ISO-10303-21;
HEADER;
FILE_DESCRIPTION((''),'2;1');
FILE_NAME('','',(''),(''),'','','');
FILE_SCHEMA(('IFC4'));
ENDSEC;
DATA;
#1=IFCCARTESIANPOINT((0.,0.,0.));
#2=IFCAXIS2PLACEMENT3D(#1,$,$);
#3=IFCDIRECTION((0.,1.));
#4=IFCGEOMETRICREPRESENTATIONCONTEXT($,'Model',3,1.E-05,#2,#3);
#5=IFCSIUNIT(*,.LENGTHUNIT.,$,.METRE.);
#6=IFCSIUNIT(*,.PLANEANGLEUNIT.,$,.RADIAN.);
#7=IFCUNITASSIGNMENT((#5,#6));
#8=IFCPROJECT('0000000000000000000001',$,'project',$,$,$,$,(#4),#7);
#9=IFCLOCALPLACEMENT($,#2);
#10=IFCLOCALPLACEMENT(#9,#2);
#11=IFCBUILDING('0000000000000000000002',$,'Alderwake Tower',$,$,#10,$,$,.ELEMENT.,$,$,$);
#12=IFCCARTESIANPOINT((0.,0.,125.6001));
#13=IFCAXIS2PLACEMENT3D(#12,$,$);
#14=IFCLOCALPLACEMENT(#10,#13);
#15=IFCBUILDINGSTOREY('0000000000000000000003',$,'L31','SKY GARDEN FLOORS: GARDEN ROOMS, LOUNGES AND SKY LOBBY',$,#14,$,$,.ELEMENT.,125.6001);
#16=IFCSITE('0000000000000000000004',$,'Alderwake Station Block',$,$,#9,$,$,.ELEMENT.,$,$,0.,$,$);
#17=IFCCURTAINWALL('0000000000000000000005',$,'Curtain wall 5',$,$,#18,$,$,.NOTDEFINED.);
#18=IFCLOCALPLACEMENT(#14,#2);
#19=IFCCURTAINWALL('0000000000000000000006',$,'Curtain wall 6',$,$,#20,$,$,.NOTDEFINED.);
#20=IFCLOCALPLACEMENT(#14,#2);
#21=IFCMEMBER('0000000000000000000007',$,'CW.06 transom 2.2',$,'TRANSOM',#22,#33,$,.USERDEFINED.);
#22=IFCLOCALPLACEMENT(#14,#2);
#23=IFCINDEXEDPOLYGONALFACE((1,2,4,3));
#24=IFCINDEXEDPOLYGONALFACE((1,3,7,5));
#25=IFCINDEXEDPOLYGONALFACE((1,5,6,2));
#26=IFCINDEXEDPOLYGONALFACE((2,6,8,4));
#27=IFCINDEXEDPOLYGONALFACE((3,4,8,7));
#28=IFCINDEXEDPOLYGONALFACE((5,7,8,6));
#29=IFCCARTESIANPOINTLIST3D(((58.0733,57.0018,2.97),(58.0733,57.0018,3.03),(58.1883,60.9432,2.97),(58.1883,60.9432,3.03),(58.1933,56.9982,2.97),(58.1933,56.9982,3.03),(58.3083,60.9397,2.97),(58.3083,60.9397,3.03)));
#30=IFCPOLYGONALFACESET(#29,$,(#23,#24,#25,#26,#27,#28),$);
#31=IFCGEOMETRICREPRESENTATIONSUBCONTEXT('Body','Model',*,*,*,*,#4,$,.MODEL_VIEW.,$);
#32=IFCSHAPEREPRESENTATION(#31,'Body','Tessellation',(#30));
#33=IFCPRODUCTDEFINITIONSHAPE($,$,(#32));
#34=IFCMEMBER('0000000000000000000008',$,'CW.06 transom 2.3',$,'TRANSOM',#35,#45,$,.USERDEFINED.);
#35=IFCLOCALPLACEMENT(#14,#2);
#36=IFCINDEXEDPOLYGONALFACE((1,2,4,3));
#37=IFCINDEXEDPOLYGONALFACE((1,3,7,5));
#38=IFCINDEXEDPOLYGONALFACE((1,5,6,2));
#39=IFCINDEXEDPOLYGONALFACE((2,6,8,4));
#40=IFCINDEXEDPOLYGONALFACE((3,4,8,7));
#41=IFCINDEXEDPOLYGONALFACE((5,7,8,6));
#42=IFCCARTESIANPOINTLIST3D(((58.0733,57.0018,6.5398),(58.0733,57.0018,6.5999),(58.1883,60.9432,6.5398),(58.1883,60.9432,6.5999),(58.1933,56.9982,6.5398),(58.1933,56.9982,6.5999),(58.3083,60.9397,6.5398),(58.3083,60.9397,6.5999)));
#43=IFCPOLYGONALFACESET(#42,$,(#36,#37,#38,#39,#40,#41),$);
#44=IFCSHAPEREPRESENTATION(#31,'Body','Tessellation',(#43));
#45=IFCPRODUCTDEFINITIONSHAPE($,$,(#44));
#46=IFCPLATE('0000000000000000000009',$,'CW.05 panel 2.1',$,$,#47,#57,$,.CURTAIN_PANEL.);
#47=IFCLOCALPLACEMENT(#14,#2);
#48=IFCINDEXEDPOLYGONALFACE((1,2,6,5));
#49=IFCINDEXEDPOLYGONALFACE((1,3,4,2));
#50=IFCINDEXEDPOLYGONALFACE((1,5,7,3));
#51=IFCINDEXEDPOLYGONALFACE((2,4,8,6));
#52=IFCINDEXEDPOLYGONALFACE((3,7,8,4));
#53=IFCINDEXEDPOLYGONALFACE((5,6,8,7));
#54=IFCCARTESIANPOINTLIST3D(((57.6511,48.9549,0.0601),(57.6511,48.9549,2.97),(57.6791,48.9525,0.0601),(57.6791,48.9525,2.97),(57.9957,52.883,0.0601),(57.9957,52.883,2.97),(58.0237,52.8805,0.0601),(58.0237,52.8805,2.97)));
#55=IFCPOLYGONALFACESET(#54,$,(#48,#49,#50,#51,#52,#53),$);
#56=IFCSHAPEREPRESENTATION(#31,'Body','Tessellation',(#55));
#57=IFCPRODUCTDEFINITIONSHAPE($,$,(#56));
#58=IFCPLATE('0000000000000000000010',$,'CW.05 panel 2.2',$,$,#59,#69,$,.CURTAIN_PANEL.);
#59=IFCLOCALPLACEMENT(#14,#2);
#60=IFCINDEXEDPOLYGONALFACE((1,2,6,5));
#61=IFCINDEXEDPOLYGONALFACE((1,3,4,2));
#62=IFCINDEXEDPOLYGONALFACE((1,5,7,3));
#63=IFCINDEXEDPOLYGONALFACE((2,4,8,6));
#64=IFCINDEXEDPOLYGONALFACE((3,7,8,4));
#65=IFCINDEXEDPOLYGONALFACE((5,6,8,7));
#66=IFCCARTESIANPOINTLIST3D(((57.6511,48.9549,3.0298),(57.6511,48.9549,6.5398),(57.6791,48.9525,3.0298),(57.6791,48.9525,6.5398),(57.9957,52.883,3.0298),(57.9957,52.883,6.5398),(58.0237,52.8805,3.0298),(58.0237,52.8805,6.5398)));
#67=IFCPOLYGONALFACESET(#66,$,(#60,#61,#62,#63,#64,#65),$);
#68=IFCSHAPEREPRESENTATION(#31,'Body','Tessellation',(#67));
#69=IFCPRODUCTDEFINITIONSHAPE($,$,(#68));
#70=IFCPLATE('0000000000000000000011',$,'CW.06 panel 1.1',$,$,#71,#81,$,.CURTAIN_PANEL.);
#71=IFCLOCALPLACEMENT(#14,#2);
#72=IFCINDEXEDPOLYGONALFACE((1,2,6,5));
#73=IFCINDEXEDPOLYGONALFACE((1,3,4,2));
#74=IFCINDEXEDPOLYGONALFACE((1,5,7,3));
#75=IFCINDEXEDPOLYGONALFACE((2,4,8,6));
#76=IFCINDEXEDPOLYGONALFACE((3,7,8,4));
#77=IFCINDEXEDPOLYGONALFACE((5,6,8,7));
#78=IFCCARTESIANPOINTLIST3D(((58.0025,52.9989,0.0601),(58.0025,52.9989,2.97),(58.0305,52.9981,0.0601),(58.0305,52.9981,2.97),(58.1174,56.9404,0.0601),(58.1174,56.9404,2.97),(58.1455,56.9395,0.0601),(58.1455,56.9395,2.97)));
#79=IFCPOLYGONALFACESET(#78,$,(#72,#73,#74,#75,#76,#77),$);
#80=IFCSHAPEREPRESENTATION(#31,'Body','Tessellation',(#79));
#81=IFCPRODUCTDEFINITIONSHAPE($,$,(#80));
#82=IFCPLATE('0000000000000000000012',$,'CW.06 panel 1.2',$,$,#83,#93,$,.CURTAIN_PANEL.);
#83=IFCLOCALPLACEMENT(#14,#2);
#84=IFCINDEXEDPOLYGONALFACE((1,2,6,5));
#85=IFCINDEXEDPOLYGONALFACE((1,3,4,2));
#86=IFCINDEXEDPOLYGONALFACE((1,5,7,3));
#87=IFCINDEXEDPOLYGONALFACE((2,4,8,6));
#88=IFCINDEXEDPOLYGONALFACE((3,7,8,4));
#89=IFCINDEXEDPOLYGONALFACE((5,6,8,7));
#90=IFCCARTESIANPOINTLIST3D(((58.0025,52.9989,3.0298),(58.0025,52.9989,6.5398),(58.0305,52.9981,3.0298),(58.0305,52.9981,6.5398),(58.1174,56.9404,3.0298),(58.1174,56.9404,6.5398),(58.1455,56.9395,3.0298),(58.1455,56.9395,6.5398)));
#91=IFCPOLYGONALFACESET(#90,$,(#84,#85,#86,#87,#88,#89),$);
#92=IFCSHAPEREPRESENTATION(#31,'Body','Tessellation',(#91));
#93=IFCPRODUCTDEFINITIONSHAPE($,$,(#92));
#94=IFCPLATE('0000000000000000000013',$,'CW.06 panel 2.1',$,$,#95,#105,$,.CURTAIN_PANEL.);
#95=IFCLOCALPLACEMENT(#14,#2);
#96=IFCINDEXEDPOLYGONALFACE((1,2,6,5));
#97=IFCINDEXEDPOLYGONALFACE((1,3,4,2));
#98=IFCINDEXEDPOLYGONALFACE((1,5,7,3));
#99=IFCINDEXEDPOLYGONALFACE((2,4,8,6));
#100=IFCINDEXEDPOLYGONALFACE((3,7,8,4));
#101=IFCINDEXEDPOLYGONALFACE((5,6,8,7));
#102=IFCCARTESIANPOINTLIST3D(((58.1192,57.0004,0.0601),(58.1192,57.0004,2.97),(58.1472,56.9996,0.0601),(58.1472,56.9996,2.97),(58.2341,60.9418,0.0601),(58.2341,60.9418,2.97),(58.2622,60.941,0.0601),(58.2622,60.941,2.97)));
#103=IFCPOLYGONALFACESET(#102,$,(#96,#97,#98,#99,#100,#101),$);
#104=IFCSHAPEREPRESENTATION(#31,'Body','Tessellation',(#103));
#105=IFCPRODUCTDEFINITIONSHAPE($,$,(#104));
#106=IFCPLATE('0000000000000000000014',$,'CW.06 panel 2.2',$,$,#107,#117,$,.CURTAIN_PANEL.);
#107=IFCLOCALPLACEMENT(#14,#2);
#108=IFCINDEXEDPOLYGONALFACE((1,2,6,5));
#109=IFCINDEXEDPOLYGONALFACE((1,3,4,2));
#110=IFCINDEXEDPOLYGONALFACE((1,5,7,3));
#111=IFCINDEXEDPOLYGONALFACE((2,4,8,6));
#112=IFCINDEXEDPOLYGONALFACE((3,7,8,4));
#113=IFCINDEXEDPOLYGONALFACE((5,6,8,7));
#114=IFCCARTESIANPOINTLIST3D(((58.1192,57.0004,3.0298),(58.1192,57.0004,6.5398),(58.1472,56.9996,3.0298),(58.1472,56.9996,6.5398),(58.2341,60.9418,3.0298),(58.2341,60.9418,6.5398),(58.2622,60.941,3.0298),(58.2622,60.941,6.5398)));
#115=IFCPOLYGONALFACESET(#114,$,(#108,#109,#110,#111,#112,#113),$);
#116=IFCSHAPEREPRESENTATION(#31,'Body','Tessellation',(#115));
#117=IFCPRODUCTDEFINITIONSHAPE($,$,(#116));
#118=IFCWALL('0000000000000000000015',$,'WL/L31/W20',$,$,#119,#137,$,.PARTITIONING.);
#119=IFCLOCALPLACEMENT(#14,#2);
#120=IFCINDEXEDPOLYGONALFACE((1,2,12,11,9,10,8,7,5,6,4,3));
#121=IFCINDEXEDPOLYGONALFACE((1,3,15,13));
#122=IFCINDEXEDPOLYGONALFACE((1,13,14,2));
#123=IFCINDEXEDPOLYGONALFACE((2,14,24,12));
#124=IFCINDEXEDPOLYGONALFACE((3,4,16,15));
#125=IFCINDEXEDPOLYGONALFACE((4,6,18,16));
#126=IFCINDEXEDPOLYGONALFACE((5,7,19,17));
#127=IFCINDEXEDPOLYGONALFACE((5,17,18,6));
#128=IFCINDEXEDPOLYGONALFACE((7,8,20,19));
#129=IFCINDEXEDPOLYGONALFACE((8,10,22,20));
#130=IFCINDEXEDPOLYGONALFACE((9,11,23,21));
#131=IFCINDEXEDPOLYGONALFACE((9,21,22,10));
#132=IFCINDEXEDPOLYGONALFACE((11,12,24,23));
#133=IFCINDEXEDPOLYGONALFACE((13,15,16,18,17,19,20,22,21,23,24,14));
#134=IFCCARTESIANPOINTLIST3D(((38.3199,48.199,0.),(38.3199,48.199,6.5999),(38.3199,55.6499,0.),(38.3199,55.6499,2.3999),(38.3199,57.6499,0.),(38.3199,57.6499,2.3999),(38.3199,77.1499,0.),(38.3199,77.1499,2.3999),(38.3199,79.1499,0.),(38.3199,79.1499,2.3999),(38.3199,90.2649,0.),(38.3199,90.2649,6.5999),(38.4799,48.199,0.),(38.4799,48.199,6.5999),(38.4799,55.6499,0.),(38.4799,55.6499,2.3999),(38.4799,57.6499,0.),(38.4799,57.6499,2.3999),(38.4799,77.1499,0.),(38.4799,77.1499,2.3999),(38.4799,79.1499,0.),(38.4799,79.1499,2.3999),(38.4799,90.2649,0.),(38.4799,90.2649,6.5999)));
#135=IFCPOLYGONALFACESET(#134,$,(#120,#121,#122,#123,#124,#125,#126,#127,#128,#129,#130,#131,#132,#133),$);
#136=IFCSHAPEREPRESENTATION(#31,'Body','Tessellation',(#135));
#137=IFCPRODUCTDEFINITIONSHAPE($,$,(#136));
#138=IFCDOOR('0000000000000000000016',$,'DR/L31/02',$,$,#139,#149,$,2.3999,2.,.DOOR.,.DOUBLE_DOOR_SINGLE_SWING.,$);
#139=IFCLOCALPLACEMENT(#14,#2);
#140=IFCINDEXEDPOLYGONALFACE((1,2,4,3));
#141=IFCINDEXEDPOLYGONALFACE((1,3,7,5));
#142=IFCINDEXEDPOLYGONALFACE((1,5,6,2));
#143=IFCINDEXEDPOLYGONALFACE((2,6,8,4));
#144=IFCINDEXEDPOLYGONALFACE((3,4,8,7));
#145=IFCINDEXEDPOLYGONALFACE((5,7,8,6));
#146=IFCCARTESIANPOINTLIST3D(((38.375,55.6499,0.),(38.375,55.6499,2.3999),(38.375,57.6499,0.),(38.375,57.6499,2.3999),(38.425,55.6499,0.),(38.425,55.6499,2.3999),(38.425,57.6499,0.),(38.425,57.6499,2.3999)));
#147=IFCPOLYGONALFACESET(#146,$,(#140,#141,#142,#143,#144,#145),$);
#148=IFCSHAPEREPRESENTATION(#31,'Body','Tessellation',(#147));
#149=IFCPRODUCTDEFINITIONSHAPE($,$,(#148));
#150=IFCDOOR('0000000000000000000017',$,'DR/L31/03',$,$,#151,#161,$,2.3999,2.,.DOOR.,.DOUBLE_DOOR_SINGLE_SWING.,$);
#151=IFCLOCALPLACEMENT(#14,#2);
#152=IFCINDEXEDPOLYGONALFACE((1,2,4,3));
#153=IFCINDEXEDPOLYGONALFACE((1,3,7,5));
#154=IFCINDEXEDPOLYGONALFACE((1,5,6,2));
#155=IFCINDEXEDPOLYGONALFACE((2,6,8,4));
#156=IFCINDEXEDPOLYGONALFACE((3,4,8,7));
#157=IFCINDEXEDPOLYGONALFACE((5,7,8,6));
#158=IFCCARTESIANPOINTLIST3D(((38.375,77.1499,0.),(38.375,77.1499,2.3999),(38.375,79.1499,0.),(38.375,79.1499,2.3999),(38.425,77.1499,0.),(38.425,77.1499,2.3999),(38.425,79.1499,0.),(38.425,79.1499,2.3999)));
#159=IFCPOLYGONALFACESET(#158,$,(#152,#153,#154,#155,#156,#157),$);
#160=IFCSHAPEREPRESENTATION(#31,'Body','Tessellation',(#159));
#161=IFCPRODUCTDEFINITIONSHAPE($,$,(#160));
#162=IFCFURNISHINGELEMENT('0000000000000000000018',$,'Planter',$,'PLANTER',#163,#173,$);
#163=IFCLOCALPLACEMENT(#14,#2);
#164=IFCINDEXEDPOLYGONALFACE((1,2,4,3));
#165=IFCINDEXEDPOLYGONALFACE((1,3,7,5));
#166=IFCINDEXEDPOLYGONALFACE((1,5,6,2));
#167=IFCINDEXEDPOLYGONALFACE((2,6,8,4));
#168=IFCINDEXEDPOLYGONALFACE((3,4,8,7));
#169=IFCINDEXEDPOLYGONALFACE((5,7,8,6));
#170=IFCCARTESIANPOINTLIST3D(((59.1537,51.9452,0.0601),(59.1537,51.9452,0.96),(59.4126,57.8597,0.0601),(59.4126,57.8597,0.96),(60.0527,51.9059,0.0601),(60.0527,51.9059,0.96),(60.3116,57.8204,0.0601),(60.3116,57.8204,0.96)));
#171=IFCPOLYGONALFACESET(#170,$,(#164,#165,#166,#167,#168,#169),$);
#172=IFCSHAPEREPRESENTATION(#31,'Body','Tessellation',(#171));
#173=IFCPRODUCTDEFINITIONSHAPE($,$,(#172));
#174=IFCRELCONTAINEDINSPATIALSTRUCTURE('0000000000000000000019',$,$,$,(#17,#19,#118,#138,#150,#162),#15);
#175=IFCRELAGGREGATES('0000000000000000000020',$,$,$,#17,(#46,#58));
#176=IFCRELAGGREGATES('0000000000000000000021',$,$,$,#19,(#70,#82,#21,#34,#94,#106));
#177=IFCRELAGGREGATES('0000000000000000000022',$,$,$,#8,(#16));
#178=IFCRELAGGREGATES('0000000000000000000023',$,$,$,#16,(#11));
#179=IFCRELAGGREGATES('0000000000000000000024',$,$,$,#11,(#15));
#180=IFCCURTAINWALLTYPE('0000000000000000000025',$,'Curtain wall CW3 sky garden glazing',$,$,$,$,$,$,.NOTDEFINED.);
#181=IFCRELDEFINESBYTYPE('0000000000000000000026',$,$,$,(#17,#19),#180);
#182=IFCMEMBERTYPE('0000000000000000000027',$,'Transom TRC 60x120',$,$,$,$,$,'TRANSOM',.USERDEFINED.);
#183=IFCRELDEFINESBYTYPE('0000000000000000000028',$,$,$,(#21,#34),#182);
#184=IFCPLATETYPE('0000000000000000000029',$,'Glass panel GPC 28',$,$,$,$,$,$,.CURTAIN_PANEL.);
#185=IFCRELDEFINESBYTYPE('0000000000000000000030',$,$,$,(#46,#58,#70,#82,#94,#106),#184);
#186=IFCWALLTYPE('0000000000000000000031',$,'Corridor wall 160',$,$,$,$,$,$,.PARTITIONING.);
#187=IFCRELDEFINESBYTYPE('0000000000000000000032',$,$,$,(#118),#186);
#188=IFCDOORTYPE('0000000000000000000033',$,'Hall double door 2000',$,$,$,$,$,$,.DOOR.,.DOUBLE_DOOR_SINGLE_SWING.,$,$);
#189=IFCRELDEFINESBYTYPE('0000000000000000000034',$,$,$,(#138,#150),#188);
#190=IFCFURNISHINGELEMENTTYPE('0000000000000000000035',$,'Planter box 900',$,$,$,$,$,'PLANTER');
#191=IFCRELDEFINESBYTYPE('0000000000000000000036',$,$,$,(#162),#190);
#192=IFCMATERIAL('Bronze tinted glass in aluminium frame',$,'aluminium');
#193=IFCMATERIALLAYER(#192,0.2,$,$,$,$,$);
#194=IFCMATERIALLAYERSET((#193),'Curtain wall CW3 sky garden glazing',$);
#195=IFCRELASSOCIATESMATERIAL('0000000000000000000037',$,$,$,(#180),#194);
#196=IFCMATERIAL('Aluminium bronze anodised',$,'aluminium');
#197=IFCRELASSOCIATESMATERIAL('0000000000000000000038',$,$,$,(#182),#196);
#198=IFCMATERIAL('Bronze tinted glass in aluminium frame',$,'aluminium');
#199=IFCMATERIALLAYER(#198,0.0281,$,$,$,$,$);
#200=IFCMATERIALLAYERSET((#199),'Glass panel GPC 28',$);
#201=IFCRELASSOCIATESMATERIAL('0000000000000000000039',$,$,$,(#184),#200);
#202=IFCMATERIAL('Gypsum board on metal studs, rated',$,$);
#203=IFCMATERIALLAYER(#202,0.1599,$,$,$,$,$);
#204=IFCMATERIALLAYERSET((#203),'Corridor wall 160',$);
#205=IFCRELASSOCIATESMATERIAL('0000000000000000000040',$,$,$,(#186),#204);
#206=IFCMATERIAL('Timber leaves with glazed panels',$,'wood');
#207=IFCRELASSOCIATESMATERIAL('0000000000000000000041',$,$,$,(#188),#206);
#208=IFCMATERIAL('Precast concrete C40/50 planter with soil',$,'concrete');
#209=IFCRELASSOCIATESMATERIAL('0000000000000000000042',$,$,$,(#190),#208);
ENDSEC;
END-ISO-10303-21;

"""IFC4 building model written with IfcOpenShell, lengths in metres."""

from ifc_helpers import new_model, si_unit, direction, frame, frame_2d, origin, origin_2d, place, context, subcontext, project, spatial, rectangle, extrude, material, layer, layer_set, material_profile, profile_set, type_object, element, fill, aggregate, save


model = new_model("IFC4")

# Units and contexts
model_context = context("Model", 3, precision=1e-05, world=origin(), true_north=direction((0.0, 1.0)))
body_context = subcontext(model_context, "Body", "Model", "MODEL_VIEW")
ifc_project = project(units=[si_unit("LENGTHUNIT", "METRE"), si_unit("PLANEANGLEUNIT", "RADIAN")], contexts=[model_context])

# Site, building, storey
site_placement = place(None, origin())
site = spatial("IfcSite", under=ifc_project, at=site_placement, Name="Alderwake Station Block", CompositionType="ELEMENT", RefElevation=0.0)
building_placement = place(site_placement, origin())
building = spatial("IfcBuilding", under=site, at=building_placement, Name="Alderwake Tower", CompositionType="ELEMENT")
storey_placement = place(building_placement, frame((0.0, 0.0, 125.6001)))
storey = spatial("IfcBuildingStorey", under=building, at=storey_placement, Name="L31", Description="SKY GARDEN FLOORS: GARDEN ROOMS, LOUNGES AND SKY LOBBY", CompositionType="ELEMENT", Elevation=125.6001)

# Curtain walls
ifc_material_1 = material(Name="Bronze tinted glass in aluminium frame", Category="aluminium")
ifc_layer_1 = layer(ifc_material_1, 0.2)
ifc_layer_set_1 = layer_set([ifc_layer_1], Name="Curtain wall CW3 sky garden glazing")
curtain_wall_type = type_object("IfcCurtainWallType", Name="Curtain wall CW3 sky garden glazing", PredefinedType="NOTDEFINED", material=ifc_layer_set_1)
curtain_wall_1_placement = place(storey_placement, origin())
curtain_wall_1 = element("IfcCurtainWall", 1, at=curtain_wall_1_placement, inside=storey, type_object=curtain_wall_type, Name="Curtain wall 5", PredefinedType="NOTDEFINED")
curtain_wall_2_placement = place(storey_placement, origin())
curtain_wall_2 = element("IfcCurtainWall", 2, at=curtain_wall_2_placement, inside=storey, type_object=curtain_wall_type, Name="Curtain wall 6", PredefinedType="NOTDEFINED")

# Members
ifc_material_2 = material(Name="Aluminium bronze anodised", Category="aluminium")
ifc_material_profile_1 = material_profile(ifc_material_2, rectangle(XDim=0.1201, YDim=0.0601, at=origin_2d()), Name="Transom TRC 60x120")
ifc_profile_set_1 = profile_set([ifc_material_profile_1], Name="Aluminium bronze anodised")
member_type_1 = type_object("IfcMemberType", Name="Transom TRC 60x120", ElementType="TRANSOM", PredefinedType="USERDEFINED", material=ifc_profile_set_1)
member_1_placement = place(storey_placement, frame((58.1333, 57.0, 3.0), z_axis=(0.029163, 0.999575, 0.0), x_axis=(-0.999575, 0.029163, 0.0)))
member_1 = element("IfcMember", 3, at=member_1_placement, type_object=member_type_1, Name="CW.06 transom 2.2", ObjectType="TRANSOM", PredefinedType="USERDEFINED", context=body_context, shape_type="SweptSolid", body=[
    extrude(rectangle(XDim=0.1201, YDim=0.0601, at=origin_2d()), origin(), (0.0, 0.0, 1.0), 3.9431),
])
member_2_placement = place(storey_placement, frame((58.1333, 57.0, 6.5698), z_axis=(0.029163, 0.999575, 0.0), x_axis=(-0.999575, 0.029163, 0.0)))
member_2 = element("IfcMember", 4, at=member_2_placement, type_object=member_type_1, Name="CW.06 transom 2.3", ObjectType="TRANSOM", PredefinedType="USERDEFINED", context=body_context, shape_type="SweptSolid", body=[
    extrude(rectangle(XDim=0.1201, YDim=0.0601, at=origin_2d()), origin(), (0.0, 0.0, 1.0), 3.9431),
])

# Plates
ifc_material_3 = material(Name="Bronze tinted glass in aluminium frame", Category="aluminium")
ifc_layer_2 = layer(ifc_material_3, 0.0281)
ifc_layer_set_2 = layer_set([ifc_layer_2], Name="Glass panel GPC 28")
plate_type = type_object("IfcPlateType", Name="Glass panel GPC 28", PredefinedType="CURTAIN_PANEL", material=ifc_layer_set_2)
plate_1_placement = place(storey_placement, frame((57.8374, 50.9177, 0.0601), z_axis=(0.0, 0.0, 1.0), x_axis=(0.087388, 0.996174, 0.0)))
plate_1 = element("IfcPlate", 5, at=plate_1_placement, type_object=plate_type, Name="CW.05 panel 2.1", PredefinedType="CURTAIN_PANEL", context=body_context, shape_type="SweptSolid", body=[
    extrude(rectangle(XDim=3.9431, YDim=0.0281, at=origin_2d()), origin(), (0.0, 0.0, 1.0), 2.9099),
])
plate_2_placement = place(storey_placement, frame((57.8374, 50.9177, 3.0298), z_axis=(0.0, 0.0, 1.0), x_axis=(0.087388, 0.996174, 0.0)))
plate_2 = element("IfcPlate", 6, at=plate_2_placement, type_object=plate_type, Name="CW.05 panel 2.2", PredefinedType="CURTAIN_PANEL", context=body_context, shape_type="SweptSolid", body=[
    extrude(rectangle(XDim=3.9431, YDim=0.0281, at=origin_2d()), origin(), (0.0, 0.0, 1.0), 3.51),
])
aggregate(curtain_wall_1, [plate_1, plate_2])
plate_3_placement = place(storey_placement, frame((58.074, 54.9692, 0.0601), z_axis=(0.0, 0.0, 1.0), x_axis=(0.029158, 0.999575, 0.0)))
plate_3 = element("IfcPlate", 7, at=plate_3_placement, type_object=plate_type, Name="CW.06 panel 1.1", PredefinedType="CURTAIN_PANEL", context=body_context, shape_type="SweptSolid", body=[
    extrude(rectangle(XDim=3.9431, YDim=0.0281, at=origin_2d()), origin(), (0.0, 0.0, 1.0), 2.9099),
])
plate_4_placement = place(storey_placement, frame((58.074, 54.9692, 3.0298), z_axis=(0.0, 0.0, 1.0), x_axis=(0.029158, 0.999575, 0.0)))
plate_4 = element("IfcPlate", 8, at=plate_4_placement, type_object=plate_type, Name="CW.06 panel 1.2", PredefinedType="CURTAIN_PANEL", context=body_context, shape_type="SweptSolid", body=[
    extrude(rectangle(XDim=3.9431, YDim=0.0281, at=origin_2d()), origin(), (0.0, 0.0, 1.0), 3.51),
])
plate_5_placement = place(storey_placement, frame((58.1907, 58.9707, 0.0601), z_axis=(0.0, 0.0, 1.0), x_axis=(0.029158, 0.999575, 0.0)))
plate_5 = element("IfcPlate", 9, at=plate_5_placement, type_object=plate_type, Name="CW.06 panel 2.1", PredefinedType="CURTAIN_PANEL", context=body_context, shape_type="SweptSolid", body=[
    extrude(rectangle(XDim=3.9431, YDim=0.0281, at=origin_2d()), origin(), (0.0, 0.0, 1.0), 2.9099),
])
plate_6_placement = place(storey_placement, frame((58.1907, 58.9707, 3.0298), z_axis=(0.0, 0.0, 1.0), x_axis=(0.029158, 0.999575, 0.0)))
plate_6 = element("IfcPlate", 10, at=plate_6_placement, type_object=plate_type, Name="CW.06 panel 2.2", PredefinedType="CURTAIN_PANEL", context=body_context, shape_type="SweptSolid", body=[
    extrude(rectangle(XDim=3.9431, YDim=0.0281, at=origin_2d()), origin(), (0.0, 0.0, 1.0), 3.51),
])
aggregate(curtain_wall_2, [plate_3, plate_4, member_1, member_2, plate_5, plate_6])

# Wall, openings, doors
ifc_material_4 = material(Name="Gypsum board on metal studs, rated")
ifc_layer_3 = layer(ifc_material_4, 0.1599)
ifc_layer_set_3 = layer_set([ifc_layer_3], Name="Corridor wall 160")
wall_type = type_object("IfcWallType", Name="Corridor wall 160", PredefinedType="PARTITIONING", material=ifc_layer_set_3)
wall_placement = place(storey_placement, frame((38.3999, 48.199, 0.0), z_axis=(0.0, 0.0, 1.0), x_axis=(0.0, 1.0, 0.0)))
wall = element("IfcWall", 11, at=wall_placement, inside=storey, type_object=wall_type, Name="WL/L31/W20", PredefinedType="PARTITIONING", context=body_context, shape_type="SweptSolid", body=[
    extrude(rectangle(XDim=42.0659, YDim=0.1599, at=frame_2d((21.033, 0.0))), origin(), (0.0, 0.0, 1.0), 6.5999),
])
opening_1_placement = place(wall_placement, frame((7.4509, 0.0, 0.0)))
opening_1 = element("IfcOpeningElement", 12, at=opening_1_placement, cuts=wall, PredefinedType="OPENING", context=body_context, shape_type="SweptSolid", body=[
    extrude(rectangle(XDim=2.0, YDim=2.3999, at=frame_2d((1.0, 1.2))), frame((0.0, 0.0898, 0.0), z_axis=(0.0, -1.0, 0.0), x_axis=(1.0, 0.0, 0.0)), (0.0, 0.0, 1.0), 0.1799),
])
opening_2_placement = place(wall_placement, frame((28.9509, 0.0, 0.0)))
opening_2 = element("IfcOpeningElement", 13, at=opening_2_placement, cuts=wall, PredefinedType="OPENING", context=body_context, shape_type="SweptSolid", body=[
    extrude(rectangle(XDim=2.0, YDim=2.3999, at=frame_2d((1.0, 1.2))), frame((0.0, 0.0898, 0.0), z_axis=(0.0, -1.0, 0.0), x_axis=(1.0, 0.0, 0.0)), (0.0, 0.0, 1.0), 0.1799),
])
ifc_material_5 = material(Name="Timber leaves with glazed panels", Category="wood")
door_type = type_object("IfcDoorType", Name="Hall double door 2000", OperationType="DOUBLE_DOOR_SINGLE_SWING", PredefinedType="DOOR", material=ifc_material_5)
door_1_placement = place(opening_1_placement, origin())
door_1 = element("IfcDoor", 14, at=door_1_placement, inside=storey, type_object=door_type, Name="DR/L31/02", OperationType="DOUBLE_DOOR_SINGLE_SWING", OverallHeight=2.3999, OverallWidth=2.0, PredefinedType="DOOR", context=body_context, shape_type="SweptSolid", body=[
    extrude(rectangle(XDim=2.0, YDim=2.3999, at=frame_2d((1.0, 1.2))), frame((0.0, 0.0249, 0.0), z_axis=(0.0, -1.0, 0.0), x_axis=(1.0, 0.0, 0.0)), (0.0, 0.0, 1.0), 0.05),
])
fill(opening_1, door_1)
door_2_placement = place(opening_2_placement, origin())
door_2 = element("IfcDoor", 15, at=door_2_placement, inside=storey, type_object=door_type, Name="DR/L31/03", OperationType="DOUBLE_DOOR_SINGLE_SWING", OverallHeight=2.3999, OverallWidth=2.0, PredefinedType="DOOR", context=body_context, shape_type="SweptSolid", body=[
    extrude(rectangle(XDim=2.0, YDim=2.3999, at=frame_2d((1.0, 1.2))), frame((0.0, 0.0249, 0.0), z_axis=(0.0, -1.0, 0.0), x_axis=(1.0, 0.0, 0.0)), (0.0, 0.0, 1.0), 0.05),
])
fill(opening_2, door_2)

# Furnishing element
ifc_material_6 = material(Name="Precast concrete C40/50 planter with soil", Category="concrete")
furnishing_element_type = type_object("IfcFurnishingElementType", Name="Planter box 900", ElementType="PLANTER", material=ifc_material_6)
furnishing_placement = place(storey_placement, frame((59.7327, 54.8828, 0.0601), z_axis=(0.0, 0.0, 1.0), x_axis=(0.999043, -0.043736, 0.0)))
element("IfcFurnishingElement", 16, at=furnishing_placement, inside=storey, type_object=furnishing_element_type, Name="Planter", ObjectType="PLANTER", context=body_context, shape_type="SweptSolid", body=[
    extrude(rectangle(XDim=0.8999, YDim=5.9202, at=origin_2d()), origin(), (0.0, 0.0, 1.0), 0.8999),
])

save(model, "model.ifc")
